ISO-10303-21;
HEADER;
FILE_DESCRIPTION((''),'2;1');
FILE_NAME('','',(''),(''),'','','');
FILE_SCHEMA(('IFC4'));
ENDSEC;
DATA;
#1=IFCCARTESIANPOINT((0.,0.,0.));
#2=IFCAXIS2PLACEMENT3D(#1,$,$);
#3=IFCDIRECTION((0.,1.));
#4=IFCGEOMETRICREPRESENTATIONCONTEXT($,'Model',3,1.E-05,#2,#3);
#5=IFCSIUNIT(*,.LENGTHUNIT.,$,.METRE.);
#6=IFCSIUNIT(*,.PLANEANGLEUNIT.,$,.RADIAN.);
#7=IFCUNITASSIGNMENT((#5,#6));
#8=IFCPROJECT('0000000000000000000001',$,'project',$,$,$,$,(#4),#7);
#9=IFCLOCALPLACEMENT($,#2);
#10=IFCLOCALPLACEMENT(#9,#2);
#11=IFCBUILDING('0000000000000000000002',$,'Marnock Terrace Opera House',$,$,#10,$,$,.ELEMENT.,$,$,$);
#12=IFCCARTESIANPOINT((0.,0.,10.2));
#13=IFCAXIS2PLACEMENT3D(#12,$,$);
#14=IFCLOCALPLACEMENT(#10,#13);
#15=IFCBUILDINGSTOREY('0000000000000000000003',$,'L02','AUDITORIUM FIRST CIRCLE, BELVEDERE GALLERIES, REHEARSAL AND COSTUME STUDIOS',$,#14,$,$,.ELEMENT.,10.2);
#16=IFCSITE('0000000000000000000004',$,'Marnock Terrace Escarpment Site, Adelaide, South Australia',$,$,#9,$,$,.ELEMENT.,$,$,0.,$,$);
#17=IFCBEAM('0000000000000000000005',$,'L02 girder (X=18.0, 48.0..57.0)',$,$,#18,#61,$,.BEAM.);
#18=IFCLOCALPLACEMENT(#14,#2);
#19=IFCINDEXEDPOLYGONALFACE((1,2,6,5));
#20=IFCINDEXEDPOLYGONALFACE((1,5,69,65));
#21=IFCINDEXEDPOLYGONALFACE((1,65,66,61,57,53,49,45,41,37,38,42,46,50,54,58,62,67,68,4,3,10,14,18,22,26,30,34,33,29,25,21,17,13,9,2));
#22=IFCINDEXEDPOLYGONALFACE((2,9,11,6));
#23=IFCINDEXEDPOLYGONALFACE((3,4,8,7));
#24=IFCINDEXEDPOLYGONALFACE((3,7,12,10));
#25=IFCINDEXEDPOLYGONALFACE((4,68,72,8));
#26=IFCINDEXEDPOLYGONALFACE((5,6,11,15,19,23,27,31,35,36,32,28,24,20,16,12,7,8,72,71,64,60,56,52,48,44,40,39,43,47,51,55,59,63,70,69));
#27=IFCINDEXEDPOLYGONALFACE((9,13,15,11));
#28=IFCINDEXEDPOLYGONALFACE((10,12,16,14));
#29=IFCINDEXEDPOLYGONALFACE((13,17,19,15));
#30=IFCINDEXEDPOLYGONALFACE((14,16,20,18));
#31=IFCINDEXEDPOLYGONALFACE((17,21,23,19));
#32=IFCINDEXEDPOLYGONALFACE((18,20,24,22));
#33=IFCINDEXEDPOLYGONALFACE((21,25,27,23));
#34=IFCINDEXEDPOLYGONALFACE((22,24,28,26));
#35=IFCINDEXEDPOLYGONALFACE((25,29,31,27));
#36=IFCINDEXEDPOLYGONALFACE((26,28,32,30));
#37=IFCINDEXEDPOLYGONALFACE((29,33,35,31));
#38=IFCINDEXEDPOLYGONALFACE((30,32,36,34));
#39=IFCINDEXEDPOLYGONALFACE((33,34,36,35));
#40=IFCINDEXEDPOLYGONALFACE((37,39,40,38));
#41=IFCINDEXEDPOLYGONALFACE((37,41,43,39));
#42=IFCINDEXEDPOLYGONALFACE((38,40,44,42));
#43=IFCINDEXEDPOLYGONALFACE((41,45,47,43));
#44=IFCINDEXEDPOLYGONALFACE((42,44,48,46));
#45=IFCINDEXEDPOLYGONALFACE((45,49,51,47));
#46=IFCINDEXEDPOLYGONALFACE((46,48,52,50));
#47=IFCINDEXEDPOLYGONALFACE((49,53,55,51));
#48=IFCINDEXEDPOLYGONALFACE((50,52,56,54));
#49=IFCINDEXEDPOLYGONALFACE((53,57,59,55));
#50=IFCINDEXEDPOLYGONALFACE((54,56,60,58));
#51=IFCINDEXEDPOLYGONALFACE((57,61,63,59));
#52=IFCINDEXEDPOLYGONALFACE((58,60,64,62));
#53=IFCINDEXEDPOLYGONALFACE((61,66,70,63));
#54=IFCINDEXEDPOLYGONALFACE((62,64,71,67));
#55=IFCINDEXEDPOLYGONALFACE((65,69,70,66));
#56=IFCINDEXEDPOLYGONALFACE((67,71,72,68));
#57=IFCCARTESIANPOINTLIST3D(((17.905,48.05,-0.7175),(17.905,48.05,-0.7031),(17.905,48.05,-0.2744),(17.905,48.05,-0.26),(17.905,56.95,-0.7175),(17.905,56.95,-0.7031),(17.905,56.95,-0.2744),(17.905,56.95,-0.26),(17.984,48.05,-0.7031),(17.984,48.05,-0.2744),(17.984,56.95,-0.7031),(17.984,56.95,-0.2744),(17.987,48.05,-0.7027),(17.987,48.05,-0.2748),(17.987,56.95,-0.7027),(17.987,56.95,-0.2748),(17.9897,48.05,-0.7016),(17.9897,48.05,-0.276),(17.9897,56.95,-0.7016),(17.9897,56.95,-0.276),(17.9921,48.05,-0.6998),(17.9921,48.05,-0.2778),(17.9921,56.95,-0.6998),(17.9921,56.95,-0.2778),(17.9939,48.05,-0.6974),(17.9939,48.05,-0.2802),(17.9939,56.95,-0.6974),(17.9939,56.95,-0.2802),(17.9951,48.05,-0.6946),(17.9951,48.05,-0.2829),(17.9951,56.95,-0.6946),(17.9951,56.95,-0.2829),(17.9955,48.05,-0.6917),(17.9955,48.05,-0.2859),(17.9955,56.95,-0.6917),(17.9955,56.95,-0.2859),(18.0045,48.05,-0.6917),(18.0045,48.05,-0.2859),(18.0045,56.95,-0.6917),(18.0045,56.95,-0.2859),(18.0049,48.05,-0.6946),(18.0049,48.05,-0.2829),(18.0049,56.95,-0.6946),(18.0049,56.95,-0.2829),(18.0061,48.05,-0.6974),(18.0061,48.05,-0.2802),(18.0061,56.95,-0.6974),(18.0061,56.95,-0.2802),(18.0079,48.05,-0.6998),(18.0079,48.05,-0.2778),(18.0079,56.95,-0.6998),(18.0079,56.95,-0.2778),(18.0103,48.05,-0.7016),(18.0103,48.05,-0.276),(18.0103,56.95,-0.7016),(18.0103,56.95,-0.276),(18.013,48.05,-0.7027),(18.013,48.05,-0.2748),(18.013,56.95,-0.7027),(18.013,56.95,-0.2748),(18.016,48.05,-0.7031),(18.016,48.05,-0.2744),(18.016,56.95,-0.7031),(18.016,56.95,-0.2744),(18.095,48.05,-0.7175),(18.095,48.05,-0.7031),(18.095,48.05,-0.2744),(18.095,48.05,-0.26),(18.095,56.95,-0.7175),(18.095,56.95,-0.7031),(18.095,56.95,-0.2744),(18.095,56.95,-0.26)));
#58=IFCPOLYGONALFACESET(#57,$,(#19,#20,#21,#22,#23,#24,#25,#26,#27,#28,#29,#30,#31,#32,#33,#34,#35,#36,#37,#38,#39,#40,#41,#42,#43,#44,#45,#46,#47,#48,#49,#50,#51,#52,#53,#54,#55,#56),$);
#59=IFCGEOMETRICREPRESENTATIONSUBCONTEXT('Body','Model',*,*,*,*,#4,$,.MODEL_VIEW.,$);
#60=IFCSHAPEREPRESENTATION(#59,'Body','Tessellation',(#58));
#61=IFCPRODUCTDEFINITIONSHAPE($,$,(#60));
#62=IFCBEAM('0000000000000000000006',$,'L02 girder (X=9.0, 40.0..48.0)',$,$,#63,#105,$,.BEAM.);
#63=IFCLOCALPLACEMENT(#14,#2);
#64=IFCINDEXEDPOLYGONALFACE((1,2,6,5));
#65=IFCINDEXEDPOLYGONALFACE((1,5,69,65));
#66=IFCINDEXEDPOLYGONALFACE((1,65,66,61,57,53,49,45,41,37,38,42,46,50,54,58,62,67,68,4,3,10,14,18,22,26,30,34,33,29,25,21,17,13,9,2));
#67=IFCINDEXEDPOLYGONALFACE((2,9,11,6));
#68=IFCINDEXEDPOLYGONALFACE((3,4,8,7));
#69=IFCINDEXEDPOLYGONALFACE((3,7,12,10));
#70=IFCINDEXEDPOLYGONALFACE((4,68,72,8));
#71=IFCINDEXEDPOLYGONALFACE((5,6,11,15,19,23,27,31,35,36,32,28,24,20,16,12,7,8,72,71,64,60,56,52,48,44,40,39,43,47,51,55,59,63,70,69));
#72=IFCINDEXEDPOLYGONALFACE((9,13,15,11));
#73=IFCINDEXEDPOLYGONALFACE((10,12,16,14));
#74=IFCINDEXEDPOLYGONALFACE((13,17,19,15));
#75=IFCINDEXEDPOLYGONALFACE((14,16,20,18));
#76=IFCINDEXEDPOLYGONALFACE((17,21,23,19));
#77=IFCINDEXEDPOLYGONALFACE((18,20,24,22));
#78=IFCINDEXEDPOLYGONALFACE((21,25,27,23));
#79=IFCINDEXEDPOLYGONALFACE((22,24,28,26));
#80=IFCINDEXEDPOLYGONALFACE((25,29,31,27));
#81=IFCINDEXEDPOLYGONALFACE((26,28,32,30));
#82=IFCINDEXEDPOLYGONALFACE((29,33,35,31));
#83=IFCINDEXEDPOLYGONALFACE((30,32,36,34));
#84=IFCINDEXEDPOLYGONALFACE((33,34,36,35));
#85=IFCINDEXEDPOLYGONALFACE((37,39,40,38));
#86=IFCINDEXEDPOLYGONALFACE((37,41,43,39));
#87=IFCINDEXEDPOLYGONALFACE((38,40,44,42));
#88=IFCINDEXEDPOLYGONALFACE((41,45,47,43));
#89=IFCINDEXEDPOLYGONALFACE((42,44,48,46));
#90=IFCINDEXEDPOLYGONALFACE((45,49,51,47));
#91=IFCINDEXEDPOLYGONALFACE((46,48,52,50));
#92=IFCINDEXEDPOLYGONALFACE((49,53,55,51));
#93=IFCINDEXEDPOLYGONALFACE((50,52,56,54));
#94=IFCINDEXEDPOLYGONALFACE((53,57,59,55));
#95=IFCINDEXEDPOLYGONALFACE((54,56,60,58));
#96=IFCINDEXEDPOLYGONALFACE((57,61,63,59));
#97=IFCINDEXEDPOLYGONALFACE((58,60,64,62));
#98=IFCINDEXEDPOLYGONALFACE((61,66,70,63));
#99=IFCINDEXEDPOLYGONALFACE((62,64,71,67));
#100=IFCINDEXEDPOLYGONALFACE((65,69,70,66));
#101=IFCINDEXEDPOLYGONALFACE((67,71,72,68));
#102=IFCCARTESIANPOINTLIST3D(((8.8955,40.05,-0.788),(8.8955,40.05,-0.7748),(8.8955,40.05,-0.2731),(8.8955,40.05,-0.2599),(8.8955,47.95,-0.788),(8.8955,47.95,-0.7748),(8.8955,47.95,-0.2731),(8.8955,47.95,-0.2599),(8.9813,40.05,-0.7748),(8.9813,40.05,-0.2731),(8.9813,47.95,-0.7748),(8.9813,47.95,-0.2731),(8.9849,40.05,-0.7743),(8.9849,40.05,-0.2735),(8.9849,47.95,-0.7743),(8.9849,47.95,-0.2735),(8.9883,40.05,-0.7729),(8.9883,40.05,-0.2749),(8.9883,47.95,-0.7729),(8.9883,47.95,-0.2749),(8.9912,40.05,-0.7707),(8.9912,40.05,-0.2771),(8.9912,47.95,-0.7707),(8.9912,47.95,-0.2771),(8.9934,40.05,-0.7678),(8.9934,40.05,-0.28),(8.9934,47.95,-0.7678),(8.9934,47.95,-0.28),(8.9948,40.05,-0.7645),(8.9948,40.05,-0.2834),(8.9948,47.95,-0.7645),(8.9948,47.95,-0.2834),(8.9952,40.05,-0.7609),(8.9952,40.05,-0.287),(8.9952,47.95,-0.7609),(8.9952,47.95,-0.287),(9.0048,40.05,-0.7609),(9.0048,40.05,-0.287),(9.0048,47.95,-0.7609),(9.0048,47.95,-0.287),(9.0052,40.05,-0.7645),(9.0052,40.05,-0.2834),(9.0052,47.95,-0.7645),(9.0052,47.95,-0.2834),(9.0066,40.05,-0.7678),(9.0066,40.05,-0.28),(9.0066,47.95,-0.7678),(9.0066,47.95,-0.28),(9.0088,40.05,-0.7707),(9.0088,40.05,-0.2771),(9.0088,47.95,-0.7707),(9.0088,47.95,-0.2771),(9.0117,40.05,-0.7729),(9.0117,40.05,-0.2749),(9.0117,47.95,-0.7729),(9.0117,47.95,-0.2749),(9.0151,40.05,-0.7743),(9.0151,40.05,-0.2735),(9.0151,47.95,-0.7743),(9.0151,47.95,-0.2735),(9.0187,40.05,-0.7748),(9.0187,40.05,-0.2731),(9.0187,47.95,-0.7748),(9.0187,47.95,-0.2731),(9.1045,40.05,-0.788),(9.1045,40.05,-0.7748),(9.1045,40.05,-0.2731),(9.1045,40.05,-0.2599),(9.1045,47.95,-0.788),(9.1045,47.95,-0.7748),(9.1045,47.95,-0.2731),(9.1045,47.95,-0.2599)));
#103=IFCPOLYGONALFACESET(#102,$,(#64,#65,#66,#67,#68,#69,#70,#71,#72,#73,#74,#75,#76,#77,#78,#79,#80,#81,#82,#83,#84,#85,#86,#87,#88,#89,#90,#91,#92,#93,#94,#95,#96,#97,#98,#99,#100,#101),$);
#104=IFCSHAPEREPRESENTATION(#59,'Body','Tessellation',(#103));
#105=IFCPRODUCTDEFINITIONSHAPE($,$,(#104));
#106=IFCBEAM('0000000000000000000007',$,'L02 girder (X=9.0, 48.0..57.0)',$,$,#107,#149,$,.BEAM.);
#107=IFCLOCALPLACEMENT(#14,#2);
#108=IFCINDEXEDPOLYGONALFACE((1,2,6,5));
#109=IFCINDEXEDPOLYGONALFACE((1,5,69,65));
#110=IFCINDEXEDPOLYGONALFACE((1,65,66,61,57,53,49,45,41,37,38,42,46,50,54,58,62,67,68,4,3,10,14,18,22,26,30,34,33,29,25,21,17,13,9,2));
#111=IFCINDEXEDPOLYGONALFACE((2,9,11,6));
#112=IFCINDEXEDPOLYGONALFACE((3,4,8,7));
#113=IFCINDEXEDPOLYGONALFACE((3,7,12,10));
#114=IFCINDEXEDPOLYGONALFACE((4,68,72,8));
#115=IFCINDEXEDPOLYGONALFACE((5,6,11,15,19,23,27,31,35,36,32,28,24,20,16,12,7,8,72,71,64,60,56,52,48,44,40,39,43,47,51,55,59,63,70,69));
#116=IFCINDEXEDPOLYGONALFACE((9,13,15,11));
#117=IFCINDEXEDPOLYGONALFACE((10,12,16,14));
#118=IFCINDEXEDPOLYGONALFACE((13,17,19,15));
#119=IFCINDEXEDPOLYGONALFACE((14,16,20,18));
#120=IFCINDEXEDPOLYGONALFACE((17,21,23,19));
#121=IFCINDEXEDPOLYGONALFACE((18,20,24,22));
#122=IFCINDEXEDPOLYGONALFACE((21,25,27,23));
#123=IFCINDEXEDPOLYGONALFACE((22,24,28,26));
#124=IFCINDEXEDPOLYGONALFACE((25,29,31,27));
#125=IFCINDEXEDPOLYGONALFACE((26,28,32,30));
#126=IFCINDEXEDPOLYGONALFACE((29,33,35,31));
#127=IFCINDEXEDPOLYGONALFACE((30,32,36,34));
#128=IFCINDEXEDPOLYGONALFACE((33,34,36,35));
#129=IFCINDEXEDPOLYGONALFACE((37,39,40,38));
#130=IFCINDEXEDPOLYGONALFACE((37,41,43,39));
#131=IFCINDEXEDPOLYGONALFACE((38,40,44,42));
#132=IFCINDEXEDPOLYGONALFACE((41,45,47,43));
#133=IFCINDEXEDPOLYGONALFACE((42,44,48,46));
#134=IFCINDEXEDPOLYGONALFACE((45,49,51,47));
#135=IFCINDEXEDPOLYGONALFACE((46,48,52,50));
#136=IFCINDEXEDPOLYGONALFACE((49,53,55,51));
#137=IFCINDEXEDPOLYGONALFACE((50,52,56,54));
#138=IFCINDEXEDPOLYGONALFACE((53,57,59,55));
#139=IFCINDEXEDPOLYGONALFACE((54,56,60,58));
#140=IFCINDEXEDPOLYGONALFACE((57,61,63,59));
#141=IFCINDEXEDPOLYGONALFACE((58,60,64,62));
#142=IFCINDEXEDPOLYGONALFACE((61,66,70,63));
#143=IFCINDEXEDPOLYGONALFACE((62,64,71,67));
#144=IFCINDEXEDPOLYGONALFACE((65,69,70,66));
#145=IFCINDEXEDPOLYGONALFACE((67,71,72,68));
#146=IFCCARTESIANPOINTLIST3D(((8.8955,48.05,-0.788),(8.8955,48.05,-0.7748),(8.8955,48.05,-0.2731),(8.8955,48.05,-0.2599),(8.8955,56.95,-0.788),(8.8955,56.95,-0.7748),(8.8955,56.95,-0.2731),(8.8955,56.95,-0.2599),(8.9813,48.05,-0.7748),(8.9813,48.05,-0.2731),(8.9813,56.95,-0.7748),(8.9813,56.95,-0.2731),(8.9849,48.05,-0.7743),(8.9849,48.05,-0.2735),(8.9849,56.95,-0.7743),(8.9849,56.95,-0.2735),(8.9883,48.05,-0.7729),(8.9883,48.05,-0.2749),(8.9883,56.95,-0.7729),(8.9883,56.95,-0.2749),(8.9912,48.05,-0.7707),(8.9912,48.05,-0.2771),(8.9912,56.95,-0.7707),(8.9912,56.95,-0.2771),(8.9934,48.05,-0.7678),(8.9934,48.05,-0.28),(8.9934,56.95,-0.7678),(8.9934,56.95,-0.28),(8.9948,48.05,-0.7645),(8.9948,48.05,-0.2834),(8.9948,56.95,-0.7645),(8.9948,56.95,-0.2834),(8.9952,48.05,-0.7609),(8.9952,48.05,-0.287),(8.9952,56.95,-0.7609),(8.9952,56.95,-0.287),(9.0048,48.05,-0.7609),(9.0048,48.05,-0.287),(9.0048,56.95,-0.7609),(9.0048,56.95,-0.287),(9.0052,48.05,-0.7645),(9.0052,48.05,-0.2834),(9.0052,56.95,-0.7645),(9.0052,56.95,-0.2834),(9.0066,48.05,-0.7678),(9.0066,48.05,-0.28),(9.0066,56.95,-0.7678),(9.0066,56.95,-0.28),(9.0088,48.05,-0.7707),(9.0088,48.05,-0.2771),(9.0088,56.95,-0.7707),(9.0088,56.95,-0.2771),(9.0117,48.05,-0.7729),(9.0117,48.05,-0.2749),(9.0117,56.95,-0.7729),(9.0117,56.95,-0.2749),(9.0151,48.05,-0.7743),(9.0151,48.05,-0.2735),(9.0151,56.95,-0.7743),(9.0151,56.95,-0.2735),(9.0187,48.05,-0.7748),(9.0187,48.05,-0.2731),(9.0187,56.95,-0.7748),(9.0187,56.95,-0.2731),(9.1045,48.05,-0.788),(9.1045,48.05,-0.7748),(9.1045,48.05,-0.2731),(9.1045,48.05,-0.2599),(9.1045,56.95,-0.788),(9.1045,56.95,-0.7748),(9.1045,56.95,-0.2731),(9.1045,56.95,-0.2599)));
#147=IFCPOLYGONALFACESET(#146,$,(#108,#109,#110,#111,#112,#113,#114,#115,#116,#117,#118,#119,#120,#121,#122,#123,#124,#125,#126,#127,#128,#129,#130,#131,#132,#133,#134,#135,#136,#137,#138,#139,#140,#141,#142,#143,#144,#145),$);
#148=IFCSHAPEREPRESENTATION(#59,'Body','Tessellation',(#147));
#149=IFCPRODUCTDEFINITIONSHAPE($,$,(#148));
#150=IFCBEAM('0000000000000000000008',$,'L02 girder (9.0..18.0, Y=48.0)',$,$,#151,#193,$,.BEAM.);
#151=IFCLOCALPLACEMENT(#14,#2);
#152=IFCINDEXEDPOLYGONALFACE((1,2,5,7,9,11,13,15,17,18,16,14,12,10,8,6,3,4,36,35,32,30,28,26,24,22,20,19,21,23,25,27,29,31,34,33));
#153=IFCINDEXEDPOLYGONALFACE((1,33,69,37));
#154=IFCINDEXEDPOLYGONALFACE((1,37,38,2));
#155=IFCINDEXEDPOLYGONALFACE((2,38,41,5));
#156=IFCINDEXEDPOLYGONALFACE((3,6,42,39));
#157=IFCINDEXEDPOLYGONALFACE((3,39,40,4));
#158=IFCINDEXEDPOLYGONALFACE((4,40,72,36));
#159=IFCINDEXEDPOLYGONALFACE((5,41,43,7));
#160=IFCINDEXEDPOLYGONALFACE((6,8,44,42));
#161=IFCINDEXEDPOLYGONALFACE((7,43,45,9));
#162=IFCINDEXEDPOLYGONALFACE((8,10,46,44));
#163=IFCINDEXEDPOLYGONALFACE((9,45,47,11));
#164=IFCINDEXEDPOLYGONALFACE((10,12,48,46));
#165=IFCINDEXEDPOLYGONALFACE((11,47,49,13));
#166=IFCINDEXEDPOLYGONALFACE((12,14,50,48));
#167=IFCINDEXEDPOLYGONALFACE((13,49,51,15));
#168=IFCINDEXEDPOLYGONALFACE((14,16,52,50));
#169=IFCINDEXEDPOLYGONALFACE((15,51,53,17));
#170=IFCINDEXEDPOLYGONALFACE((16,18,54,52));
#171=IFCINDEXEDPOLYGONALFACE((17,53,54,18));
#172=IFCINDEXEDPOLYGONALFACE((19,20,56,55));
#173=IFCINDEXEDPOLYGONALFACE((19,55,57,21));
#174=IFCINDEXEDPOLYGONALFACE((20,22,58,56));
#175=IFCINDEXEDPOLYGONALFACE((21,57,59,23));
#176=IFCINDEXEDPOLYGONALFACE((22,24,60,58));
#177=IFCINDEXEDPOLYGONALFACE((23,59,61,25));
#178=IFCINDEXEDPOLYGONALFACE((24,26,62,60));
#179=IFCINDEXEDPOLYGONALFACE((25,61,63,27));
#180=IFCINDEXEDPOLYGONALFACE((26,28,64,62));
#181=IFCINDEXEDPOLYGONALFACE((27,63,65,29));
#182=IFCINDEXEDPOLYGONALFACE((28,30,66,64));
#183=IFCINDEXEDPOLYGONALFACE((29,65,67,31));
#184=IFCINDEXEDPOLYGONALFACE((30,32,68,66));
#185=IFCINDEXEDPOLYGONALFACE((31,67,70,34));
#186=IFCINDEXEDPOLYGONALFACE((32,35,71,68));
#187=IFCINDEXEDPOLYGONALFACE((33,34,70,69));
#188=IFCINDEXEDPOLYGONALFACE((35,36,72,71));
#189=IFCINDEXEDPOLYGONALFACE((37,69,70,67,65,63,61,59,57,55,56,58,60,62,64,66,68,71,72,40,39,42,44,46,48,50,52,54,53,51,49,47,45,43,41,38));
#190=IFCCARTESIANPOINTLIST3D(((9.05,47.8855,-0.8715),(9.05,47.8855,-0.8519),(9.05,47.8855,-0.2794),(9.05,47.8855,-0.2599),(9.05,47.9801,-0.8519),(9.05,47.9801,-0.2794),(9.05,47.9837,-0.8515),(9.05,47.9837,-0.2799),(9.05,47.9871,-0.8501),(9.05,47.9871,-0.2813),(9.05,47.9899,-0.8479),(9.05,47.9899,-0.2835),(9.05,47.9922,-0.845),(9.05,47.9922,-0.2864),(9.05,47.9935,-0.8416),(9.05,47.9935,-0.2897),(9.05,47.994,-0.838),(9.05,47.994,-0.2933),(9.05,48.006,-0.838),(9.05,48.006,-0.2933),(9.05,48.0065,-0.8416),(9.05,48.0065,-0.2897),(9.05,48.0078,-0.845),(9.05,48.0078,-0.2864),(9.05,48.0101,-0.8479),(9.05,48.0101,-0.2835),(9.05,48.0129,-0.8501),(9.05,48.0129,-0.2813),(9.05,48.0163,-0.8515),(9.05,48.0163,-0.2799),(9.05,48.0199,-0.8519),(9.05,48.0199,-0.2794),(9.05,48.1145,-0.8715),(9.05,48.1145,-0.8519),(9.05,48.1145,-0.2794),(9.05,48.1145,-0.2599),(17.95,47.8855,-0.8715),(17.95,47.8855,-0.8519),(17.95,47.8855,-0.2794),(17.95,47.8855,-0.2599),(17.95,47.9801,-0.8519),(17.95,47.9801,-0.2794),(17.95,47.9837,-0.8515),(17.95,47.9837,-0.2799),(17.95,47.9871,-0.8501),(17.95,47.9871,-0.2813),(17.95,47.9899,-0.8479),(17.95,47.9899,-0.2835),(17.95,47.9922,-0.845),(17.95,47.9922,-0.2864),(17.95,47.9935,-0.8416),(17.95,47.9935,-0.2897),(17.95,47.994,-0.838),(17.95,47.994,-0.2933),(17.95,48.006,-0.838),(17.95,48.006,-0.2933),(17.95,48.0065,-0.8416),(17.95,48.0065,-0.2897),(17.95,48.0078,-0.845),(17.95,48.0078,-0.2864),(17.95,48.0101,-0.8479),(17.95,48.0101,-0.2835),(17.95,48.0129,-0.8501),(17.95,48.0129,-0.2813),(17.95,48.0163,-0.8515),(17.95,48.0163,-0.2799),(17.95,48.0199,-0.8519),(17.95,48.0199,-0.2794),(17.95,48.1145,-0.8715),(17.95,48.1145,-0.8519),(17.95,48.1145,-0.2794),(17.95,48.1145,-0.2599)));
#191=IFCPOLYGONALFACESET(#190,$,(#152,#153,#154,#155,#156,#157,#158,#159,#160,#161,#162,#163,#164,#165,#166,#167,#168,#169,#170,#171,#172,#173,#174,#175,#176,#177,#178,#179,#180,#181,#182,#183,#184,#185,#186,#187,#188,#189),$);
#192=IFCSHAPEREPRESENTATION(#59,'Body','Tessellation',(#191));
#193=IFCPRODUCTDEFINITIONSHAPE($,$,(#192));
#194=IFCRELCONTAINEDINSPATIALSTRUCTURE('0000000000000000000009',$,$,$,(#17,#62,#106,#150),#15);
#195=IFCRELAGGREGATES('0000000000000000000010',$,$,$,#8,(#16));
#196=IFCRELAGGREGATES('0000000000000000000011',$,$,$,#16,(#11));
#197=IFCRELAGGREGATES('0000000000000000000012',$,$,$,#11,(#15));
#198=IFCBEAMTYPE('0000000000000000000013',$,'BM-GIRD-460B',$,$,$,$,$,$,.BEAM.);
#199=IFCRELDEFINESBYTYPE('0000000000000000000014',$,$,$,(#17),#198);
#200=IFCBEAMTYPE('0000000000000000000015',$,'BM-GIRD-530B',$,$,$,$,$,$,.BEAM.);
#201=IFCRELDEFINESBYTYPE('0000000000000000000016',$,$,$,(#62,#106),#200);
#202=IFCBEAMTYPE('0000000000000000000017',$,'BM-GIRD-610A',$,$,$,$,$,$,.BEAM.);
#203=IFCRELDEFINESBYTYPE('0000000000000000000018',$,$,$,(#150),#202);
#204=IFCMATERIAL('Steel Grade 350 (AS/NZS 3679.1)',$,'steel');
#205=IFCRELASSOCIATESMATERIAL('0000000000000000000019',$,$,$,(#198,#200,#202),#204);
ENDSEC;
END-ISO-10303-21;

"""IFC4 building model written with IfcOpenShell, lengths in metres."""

from ifc_helpers import new_model, si_unit, direction, frame, origin, origin_2d, place, context, subcontext, project, spatial, i_section, extrude, material, material_profile, profile_set, type_object, element, save


model = new_model("IFC4")

# Units and contexts
model_context = context("Model", 3, precision=1e-05, world=origin(), true_north=direction((0.0, 1.0)))
body_context = subcontext(model_context, "Body", "Model", "MODEL_VIEW")
ifc_project = project(units=[si_unit("LENGTHUNIT", "METRE"), si_unit("PLANEANGLEUNIT", "RADIAN")], contexts=[model_context])

# Site, building, storey
site_placement = place(None, origin())
site = spatial("IfcSite", under=ifc_project, at=site_placement, Name="Marnock Terrace Escarpment Site, Adelaide, South Australia", CompositionType="ELEMENT", RefElevation=0.0)
building_placement = place(site_placement, origin())
building = spatial("IfcBuilding", under=site, at=building_placement, Name="Marnock Terrace Opera House", CompositionType="ELEMENT")
storey_placement = place(building_placement, frame((0.0, 0.0, 10.2)))
storey = spatial("IfcBuildingStorey", under=building, at=storey_placement, Name="L02", Description="AUDITORIUM FIRST CIRCLE, BELVEDERE GALLERIES, REHEARSAL AND COSTUME STUDIOS", CompositionType="ELEMENT", Elevation=10.2)

# Shared definitions
ifc_material_1 = material(Name="Steel Grade 350 (AS/NZS 3679.1)", Category="steel")

# Beams
ifc_material_profile_1 = material_profile(ifc_material_1, i_section(OverallWidth=0.1899, OverallDepth=0.4575, WebThickness=0.009, FlangeThickness=0.0144, FilletRadius=0.0115, at=origin_2d()))
ifc_profile_set_1 = profile_set([ifc_material_profile_1], Name="Steel Grade 350 (AS/NZS 3679.1)")
beam_type_1 = type_object("IfcBeamType", Name="BM-GIRD-460B", PredefinedType="BEAM", material=ifc_profile_set_1)
beam_1_placement = place(storey_placement, frame((18.0, 48.05, -0.4888), z_axis=(0.0, 1.0, 0.0), x_axis=(-1.0, 0.0, 0.0)))
element("IfcBeam", 1, at=beam_1_placement, inside=storey, type_object=beam_type_1, Name="L02 girder (X=18.0, 48.0..57.0)", PredefinedType="BEAM", context=body_context, shape_type="SweptSolid", body=[
    extrude(i_section(OverallWidth=0.1899, OverallDepth=0.4575, WebThickness=0.009, FlangeThickness=0.0144, FilletRadius=0.0115, at=origin_2d()), origin(), (0.0, 0.0, 1.0), 8.8999),
])
ifc_material_profile_2 = material_profile(ifc_material_1, i_section(OverallWidth=0.209, OverallDepth=0.5281, WebThickness=0.0095, FlangeThickness=0.0132, FilletRadius=0.0139, at=origin_2d()))
ifc_profile_set_2 = profile_set([ifc_material_profile_2], Name="Steel Grade 350 (AS/NZS 3679.1)")
beam_type_2 = type_object("IfcBeamType", Name="BM-GIRD-530B", PredefinedType="BEAM", material=ifc_profile_set_2)
beam_2_placement = place(storey_placement, frame((9.0, 40.05, -0.5239), z_axis=(0.0, 1.0, 0.0), x_axis=(-1.0, 0.0, 0.0)))
element("IfcBeam", 2, at=beam_2_placement, inside=storey, type_object=beam_type_2, Name="L02 girder (X=9.0, 40.0..48.0)", PredefinedType="BEAM", context=body_context, shape_type="SweptSolid", body=[
    extrude(i_section(OverallWidth=0.209, OverallDepth=0.5281, WebThickness=0.0095, FlangeThickness=0.0132, FilletRadius=0.0139, at=origin_2d()), origin(), (0.0, 0.0, 1.0), 7.8999),
])
beam_3_placement = place(storey_placement, frame((9.0, 48.05, -0.5239), z_axis=(0.0, 1.0, 0.0), x_axis=(-1.0, 0.0, 0.0)))
element("IfcBeam", 3, at=beam_3_placement, inside=storey, type_object=beam_type_2, Name="L02 girder (X=9.0, 48.0..57.0)", PredefinedType="BEAM", context=body_context, shape_type="SweptSolid", body=[
    extrude(i_section(OverallWidth=0.209, OverallDepth=0.5281, WebThickness=0.0095, FlangeThickness=0.0132, FilletRadius=0.0139, at=origin_2d()), origin(), (0.0, 0.0, 1.0), 8.8999),
])
ifc_material_profile_3 = material_profile(ifc_material_1, i_section(OverallWidth=0.229, OverallDepth=0.6116, WebThickness=0.012, FlangeThickness=0.0195, FilletRadius=0.0139, at=origin_2d()))
ifc_profile_set_3 = profile_set([ifc_material_profile_3], Name="Steel Grade 350 (AS/NZS 3679.1)")
beam_type_3 = type_object("IfcBeamType", Name="BM-GIRD-610A", PredefinedType="BEAM", material=ifc_profile_set_3)
beam_4_placement = place(storey_placement, frame((9.05, 48.0, -0.5657), z_axis=(1.0, 0.0, 0.0), x_axis=(0.0, 1.0, 0.0)))
element("IfcBeam", 4, at=beam_4_placement, inside=storey, type_object=beam_type_3, Name="L02 girder (9.0..18.0, Y=48.0)", PredefinedType="BEAM", context=body_context, shape_type="SweptSolid", body=[
    extrude(i_section(OverallWidth=0.229, OverallDepth=0.6116, WebThickness=0.012, FlangeThickness=0.0195, FilletRadius=0.0139, at=origin_2d()), origin(), (0.0, 0.0, 1.0), 8.8999),
])

save(model, "model.ifc")
